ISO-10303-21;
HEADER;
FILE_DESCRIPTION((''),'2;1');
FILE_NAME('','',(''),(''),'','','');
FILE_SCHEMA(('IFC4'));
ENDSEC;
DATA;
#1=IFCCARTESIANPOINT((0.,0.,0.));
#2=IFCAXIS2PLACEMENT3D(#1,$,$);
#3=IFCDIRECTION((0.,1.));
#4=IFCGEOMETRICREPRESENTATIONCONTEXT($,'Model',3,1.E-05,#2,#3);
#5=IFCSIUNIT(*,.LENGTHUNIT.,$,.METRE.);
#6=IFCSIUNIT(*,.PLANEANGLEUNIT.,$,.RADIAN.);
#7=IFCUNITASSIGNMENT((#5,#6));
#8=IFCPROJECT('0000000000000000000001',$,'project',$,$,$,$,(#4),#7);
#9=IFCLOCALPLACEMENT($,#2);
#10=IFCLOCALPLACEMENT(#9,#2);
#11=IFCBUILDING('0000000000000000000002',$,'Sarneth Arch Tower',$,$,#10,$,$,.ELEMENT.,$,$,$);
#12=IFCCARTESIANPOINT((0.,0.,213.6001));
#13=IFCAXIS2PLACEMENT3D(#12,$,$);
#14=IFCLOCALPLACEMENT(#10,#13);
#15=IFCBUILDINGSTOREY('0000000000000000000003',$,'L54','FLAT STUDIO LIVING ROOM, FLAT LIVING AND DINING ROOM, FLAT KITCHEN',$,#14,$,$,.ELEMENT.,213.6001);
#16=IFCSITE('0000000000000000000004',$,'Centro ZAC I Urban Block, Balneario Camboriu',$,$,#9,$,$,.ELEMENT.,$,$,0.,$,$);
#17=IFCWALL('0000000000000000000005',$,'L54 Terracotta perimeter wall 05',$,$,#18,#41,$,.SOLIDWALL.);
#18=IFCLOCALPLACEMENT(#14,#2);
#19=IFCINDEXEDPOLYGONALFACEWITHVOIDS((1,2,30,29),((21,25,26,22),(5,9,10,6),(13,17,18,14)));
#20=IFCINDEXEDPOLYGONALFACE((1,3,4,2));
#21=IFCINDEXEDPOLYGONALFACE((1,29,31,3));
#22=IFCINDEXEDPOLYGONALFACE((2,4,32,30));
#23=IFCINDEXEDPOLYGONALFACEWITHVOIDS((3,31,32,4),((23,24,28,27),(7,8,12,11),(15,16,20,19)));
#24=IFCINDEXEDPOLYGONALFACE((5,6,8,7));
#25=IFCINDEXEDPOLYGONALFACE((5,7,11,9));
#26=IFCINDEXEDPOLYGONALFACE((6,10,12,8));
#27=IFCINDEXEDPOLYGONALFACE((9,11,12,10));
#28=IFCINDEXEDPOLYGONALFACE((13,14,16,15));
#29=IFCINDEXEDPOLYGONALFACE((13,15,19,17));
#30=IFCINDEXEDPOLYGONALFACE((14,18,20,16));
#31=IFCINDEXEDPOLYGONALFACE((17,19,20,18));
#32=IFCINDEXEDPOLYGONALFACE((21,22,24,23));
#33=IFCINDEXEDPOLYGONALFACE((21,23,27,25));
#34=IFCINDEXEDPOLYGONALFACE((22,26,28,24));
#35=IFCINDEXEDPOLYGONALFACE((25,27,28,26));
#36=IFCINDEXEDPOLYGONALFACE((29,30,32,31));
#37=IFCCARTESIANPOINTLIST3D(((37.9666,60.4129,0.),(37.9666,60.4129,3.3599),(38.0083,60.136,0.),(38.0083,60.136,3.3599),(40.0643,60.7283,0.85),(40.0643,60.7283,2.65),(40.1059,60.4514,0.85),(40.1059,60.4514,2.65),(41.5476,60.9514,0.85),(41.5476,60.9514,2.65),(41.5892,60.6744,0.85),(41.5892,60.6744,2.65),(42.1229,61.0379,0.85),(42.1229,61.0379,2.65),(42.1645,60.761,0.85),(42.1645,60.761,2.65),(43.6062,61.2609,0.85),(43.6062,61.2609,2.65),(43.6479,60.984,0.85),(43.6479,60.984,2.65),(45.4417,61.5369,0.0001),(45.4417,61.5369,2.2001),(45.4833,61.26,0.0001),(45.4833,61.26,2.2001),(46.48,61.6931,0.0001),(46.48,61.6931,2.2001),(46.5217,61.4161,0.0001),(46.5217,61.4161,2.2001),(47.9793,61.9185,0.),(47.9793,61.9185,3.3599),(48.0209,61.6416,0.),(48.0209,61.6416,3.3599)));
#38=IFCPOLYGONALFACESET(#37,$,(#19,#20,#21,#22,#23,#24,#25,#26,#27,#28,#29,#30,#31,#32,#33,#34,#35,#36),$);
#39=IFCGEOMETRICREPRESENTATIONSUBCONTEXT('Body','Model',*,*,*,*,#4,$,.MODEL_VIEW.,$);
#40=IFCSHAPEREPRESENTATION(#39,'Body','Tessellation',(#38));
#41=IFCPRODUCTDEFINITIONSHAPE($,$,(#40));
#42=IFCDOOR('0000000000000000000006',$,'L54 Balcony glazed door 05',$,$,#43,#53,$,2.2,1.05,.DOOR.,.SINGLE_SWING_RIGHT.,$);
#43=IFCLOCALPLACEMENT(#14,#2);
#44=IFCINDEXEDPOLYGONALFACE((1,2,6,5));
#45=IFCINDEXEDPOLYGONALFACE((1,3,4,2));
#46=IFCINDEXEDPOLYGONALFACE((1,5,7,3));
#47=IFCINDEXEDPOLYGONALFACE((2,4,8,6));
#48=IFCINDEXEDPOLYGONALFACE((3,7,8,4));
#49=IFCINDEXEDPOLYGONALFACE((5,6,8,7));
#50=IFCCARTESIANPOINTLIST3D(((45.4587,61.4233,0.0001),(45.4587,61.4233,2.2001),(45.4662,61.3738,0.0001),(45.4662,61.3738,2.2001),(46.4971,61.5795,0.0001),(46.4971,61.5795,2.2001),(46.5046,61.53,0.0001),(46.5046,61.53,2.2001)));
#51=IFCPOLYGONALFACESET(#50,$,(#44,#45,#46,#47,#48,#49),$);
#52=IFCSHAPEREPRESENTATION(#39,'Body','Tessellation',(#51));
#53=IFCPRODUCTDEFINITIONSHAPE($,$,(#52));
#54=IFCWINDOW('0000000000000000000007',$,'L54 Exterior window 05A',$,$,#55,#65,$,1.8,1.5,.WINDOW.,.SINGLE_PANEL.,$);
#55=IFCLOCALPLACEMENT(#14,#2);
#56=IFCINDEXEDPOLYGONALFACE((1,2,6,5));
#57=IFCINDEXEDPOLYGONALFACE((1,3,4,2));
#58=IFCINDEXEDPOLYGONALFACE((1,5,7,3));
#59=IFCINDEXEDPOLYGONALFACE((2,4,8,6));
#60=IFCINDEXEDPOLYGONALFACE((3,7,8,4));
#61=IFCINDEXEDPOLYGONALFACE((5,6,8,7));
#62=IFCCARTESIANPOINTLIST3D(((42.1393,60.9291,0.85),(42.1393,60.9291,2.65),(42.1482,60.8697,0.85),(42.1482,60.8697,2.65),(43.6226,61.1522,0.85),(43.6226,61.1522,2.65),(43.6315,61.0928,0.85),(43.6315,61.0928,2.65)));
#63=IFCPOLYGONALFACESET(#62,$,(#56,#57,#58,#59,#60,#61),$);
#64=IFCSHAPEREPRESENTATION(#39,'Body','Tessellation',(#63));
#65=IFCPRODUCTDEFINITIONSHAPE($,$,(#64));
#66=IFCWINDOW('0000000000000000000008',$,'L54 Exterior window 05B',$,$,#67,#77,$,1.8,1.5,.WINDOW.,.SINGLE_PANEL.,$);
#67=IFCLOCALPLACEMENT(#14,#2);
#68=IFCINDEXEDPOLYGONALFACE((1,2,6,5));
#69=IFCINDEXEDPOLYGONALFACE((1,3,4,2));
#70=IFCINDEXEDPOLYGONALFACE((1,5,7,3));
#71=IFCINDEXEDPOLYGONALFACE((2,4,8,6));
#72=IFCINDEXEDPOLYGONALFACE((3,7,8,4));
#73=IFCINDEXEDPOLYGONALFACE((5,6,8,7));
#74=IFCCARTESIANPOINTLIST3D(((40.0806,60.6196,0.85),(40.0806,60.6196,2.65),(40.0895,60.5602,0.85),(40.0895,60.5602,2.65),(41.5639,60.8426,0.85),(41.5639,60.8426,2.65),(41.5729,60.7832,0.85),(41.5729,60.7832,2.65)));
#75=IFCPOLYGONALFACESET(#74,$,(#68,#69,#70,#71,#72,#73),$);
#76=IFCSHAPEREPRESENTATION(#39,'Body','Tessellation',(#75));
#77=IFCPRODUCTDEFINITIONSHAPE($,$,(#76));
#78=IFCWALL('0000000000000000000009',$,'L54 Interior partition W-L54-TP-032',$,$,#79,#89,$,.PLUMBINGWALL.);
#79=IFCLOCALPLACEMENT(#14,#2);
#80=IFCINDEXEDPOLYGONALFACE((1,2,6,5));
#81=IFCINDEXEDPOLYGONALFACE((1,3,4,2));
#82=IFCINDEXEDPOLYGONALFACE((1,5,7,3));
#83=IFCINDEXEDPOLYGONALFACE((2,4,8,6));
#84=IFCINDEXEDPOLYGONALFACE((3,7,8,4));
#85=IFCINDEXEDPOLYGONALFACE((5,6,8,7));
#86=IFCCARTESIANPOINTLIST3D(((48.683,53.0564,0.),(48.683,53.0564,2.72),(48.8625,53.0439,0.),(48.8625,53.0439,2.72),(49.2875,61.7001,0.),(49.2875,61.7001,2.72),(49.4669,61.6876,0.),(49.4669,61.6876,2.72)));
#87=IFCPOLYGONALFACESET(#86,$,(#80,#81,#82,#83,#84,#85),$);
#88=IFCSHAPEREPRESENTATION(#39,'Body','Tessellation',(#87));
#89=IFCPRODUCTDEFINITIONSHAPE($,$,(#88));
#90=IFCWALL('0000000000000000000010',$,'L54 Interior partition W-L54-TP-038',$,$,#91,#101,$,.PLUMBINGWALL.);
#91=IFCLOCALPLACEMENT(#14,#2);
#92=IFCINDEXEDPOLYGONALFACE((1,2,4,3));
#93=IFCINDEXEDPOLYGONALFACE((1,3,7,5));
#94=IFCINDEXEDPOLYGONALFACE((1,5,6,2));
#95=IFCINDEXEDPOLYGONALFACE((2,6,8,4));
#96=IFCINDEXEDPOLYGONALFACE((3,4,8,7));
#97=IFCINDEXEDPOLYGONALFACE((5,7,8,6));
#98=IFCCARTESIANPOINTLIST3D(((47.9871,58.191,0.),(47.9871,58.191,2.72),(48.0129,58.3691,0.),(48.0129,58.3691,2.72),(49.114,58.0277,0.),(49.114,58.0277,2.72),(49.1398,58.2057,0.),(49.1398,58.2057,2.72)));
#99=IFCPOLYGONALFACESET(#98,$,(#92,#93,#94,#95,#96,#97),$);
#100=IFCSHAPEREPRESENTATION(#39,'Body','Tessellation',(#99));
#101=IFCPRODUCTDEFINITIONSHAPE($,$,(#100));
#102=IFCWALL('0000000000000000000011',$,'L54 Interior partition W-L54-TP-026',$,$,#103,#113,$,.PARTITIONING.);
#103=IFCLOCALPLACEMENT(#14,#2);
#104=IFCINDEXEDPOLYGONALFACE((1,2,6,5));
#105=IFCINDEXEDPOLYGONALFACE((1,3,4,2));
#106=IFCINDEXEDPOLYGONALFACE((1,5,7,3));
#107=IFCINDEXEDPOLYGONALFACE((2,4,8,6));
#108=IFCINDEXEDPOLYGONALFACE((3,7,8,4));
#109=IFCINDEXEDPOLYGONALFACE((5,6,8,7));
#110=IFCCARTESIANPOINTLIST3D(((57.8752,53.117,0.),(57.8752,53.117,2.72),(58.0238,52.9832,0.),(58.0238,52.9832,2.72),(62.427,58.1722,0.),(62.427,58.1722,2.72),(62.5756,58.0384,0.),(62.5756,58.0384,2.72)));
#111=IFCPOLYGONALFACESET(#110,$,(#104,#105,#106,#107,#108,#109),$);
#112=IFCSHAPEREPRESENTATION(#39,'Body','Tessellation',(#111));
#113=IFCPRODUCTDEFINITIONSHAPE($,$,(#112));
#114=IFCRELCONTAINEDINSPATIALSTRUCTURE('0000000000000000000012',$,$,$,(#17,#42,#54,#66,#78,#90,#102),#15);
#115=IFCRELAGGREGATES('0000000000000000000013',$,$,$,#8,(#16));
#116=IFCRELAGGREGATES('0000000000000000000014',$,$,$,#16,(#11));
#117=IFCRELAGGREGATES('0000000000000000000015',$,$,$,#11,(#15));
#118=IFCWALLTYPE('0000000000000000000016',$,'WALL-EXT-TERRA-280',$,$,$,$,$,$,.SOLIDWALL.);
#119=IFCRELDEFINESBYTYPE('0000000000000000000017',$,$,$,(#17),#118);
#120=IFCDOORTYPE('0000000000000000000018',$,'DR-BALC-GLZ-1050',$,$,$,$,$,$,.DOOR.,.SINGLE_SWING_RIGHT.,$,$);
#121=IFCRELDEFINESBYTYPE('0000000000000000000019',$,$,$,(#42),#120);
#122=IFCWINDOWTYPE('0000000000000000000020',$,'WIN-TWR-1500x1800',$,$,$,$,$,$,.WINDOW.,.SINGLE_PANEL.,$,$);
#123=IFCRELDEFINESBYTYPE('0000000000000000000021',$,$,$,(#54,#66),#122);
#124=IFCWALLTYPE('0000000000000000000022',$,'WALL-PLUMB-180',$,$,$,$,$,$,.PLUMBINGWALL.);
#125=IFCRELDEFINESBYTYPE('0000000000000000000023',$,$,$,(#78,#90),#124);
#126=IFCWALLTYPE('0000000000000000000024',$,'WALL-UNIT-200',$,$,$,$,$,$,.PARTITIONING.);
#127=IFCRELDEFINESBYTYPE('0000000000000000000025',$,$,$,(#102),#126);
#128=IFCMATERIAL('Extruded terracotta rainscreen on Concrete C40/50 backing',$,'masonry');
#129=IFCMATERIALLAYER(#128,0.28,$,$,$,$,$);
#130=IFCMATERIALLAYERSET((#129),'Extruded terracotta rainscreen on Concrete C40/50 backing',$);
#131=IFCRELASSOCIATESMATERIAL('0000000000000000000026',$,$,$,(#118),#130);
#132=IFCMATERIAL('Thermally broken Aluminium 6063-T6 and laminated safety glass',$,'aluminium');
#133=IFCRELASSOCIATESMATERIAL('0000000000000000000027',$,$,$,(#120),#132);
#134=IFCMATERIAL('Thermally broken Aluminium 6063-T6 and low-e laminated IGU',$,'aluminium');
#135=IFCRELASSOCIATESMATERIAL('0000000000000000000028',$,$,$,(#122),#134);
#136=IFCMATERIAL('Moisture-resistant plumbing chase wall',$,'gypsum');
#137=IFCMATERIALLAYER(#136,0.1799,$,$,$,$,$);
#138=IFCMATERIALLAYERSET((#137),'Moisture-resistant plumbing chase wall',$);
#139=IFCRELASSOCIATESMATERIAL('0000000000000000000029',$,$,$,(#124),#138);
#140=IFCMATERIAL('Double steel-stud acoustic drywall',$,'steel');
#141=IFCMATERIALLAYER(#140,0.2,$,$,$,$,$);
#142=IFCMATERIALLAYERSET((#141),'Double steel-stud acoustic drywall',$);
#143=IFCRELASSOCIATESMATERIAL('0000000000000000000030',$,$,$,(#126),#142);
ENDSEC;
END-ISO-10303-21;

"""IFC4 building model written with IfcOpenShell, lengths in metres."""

from ifc_helpers import new_model, si_unit, direction, frame, frame_2d, origin, place, context, subcontext, project, spatial, rectangle, extrude, material, layer, layer_set, type_object, element, fill, save


model = new_model("IFC4")

# Units and contexts
model_context = context("Model", 3, precision=1e-05, world=origin(), true_north=direction((0.0, 1.0)))
body_context = subcontext(model_context, "Body", "Model", "MODEL_VIEW")
ifc_project = project(units=[si_unit("LENGTHUNIT", "METRE"), si_unit("PLANEANGLEUNIT", "RADIAN")], contexts=[model_context])

# Site, building, storey
site_placement = place(None, origin())
site = spatial("IfcSite", under=ifc_project, at=site_placement, Name="Centro ZAC I Urban Block, Balneario Camboriu", CompositionType="ELEMENT", RefElevation=0.0)
building_placement = place(site_placement, origin())
building = spatial("IfcBuilding", under=site, at=building_placement, Name="Sarneth Arch Tower", CompositionType="ELEMENT")
storey_placement = place(building_placement, frame((0.0, 0.0, 213.6001)))
storey = spatial("IfcBuildingStorey", under=building, at=storey_placement, Name="L54", Description="FLAT STUDIO LIVING ROOM, FLAT LIVING AND DINING ROOM, FLAT KITCHEN", CompositionType="ELEMENT", Elevation=213.6001)

# Wall, openings, door, windows
ifc_material_1 = material(Name="Extruded terracotta rainscreen on Concrete C40/50 backing", Category="masonry")
ifc_layer_1 = layer(ifc_material_1, 0.28)
ifc_layer_set_1 = layer_set([ifc_layer_1], Name="Extruded terracotta rainscreen on Concrete C40/50 backing")
wall_type_1 = type_object("IfcWallType", Name="WALL-EXT-TERRA-280", PredefinedType="SOLIDWALL", material=ifc_layer_set_1)
wall_1_placement = place(storey_placement, frame((48.0, 61.78, 0.0), z_axis=(0.0, 0.0, 1.0), x_axis=(-0.988883, -0.148699, 0.0)))
wall_1 = element("IfcWall", 1, at=wall_1_placement, inside=storey, type_object=wall_type_1, Name="L54 Terracotta perimeter wall 05", PredefinedType="SOLIDWALL", context=body_context, shape_type="SweptSolid", body=[
    extrude(rectangle(XDim=10.1252, YDim=0.28, at=frame_2d((5.0625, 0.0))), origin(), (0.0, 0.0, 1.0), 3.3599),
])
opening_1_placement = place(wall_1_placement, frame((1.5161, 0.0, 0.0)))
opening_1 = element("IfcOpeningElement", 2, at=opening_1_placement, cuts=wall_1, PredefinedType="OPENING", context=body_context, shape_type="SweptSolid", body=[
    extrude(rectangle(XDim=1.05, YDim=2.2, at=frame_2d((0.5249, 1.1001))), frame((0.0, 0.1499, 0.0), z_axis=(0.0, -1.0, 0.0), x_axis=(1.0, 0.0, 0.0)), (0.0, 0.0, 1.0), 0.3),
])
opening_2_placement = place(wall_1_placement, frame((4.4221, 0.0, 0.8501)))
opening_2 = element("IfcOpeningElement", 3, at=opening_2_placement, cuts=wall_1, PredefinedType="OPENING", context=body_context, shape_type="SweptSolid", body=[
    extrude(rectangle(XDim=1.5, YDim=1.8, at=frame_2d((0.75, 0.8999))), frame((0.0, 0.1499, 0.0), z_axis=(0.0, -1.0, 0.0), x_axis=(1.0, 0.0, 0.0)), (0.0, 0.0, 1.0), 0.3),
])
opening_3_placement = place(wall_1_placement, frame((6.5039, 0.0, 0.8501)))
opening_3 = element("IfcOpeningElement", 4, at=opening_3_placement, cuts=wall_1, PredefinedType="OPENING", context=body_context, shape_type="SweptSolid", body=[
    extrude(rectangle(XDim=1.5, YDim=1.8, at=frame_2d((0.75, 0.8999))), frame((0.0, 0.1499, 0.0), z_axis=(0.0, -1.0, 0.0), x_axis=(1.0, 0.0, 0.0)), (0.0, 0.0, 1.0), 0.3),
])
ifc_material_2 = material(Name="Thermally broken Aluminium 6063-T6 and laminated safety glass", Category="aluminium")
door_type = type_object("IfcDoorType", Name="DR-BALC-GLZ-1050", OperationType="SINGLE_SWING_RIGHT", PredefinedType="DOOR", material=ifc_material_2)
door_placement = place(opening_1_placement, origin())
door = element("IfcDoor", 5, at=door_placement, inside=storey, type_object=door_type, Name="L54 Balcony glazed door 05", OperationType="SINGLE_SWING_RIGHT", OverallHeight=2.2, OverallWidth=1.05, PredefinedType="DOOR", context=body_context, shape_type="SweptSolid", body=[
    extrude(rectangle(XDim=1.05, YDim=2.2, at=frame_2d((0.5249, 1.1001))), frame((0.0, 0.0249, 0.0), z_axis=(0.0, -1.0, 0.0), x_axis=(1.0, 0.0, 0.0)), (0.0, 0.0, 1.0), 0.05),
])
fill(opening_1, door)
ifc_material_3 = material(Name="Thermally broken Aluminium 6063-T6 and low-e laminated IGU", Category="aluminium")
window_type = type_object("IfcWindowType", Name="WIN-TWR-1500x1800", PartitioningType="SINGLE_PANEL", PredefinedType="WINDOW", material=ifc_material_3)
window_1_placement = place(opening_2_placement, origin())
window_1 = element("IfcWindow", 6, at=window_1_placement, inside=storey, type_object=window_type, Name="L54 Exterior window 05A", OverallHeight=1.8, OverallWidth=1.5, PartitioningType="SINGLE_PANEL", PredefinedType="WINDOW", context=body_context, shape_type="SweptSolid", body=[
    extrude(rectangle(XDim=1.5, YDim=1.8, at=frame_2d((0.75, 0.8999))), frame((0.0, 0.03, 0.0), z_axis=(0.0, -1.0, 0.0), x_axis=(1.0, 0.0, 0.0)), (0.0, 0.0, 1.0), 0.0601),
])
fill(opening_2, window_1)
window_2_placement = place(opening_3_placement, origin())
window_2 = element("IfcWindow", 7, at=window_2_placement, inside=storey, type_object=window_type, Name="L54 Exterior window 05B", OverallHeight=1.8, OverallWidth=1.5, PartitioningType="SINGLE_PANEL", PredefinedType="WINDOW", context=body_context, shape_type="SweptSolid", body=[
    extrude(rectangle(XDim=1.5, YDim=1.8, at=frame_2d((0.75, 0.8999))), frame((0.0, 0.03, 0.0), z_axis=(0.0, -1.0, 0.0), x_axis=(1.0, 0.0, 0.0)), (0.0, 0.0, 1.0), 0.0601),
])
fill(opening_3, window_2)

# Walls
ifc_material_4 = material(Name="Moisture-resistant plumbing chase wall", Category="gypsum")
ifc_layer_2 = layer(ifc_material_4, 0.1799)
ifc_layer_set_2 = layer_set([ifc_layer_2], Name="Moisture-resistant plumbing chase wall")
wall_type_2 = type_object("IfcWallType", Name="WALL-PLUMB-180", PredefinedType="PLUMBINGWALL", material=ifc_layer_set_2)
wall_2_placement = place(storey_placement, frame((48.7727, 53.05, 0.0), z_axis=(0.0, 0.0, 1.0), x_axis=(0.069763, 0.997564, 0.0)))
element("IfcWall", 8, at=wall_2_placement, inside=storey, type_object=wall_type_2, Name="L54 Interior partition W-L54-TP-032", PredefinedType="PLUMBINGWALL", context=body_context, shape_type="SweptSolid", body=[
    extrude(rectangle(XDim=8.6648, YDim=0.1799, at=frame_2d((4.3325, 0.0))), origin(), (0.0, 0.0, 1.0), 2.72),
])
wall_3_placement = place(storey_placement, frame((48.0, 58.28, 0.0), z_axis=(0.0, 0.0, 1.0), x_axis=(0.98966, -0.143432, 0.0)))
element("IfcWall", 9, at=wall_3_placement, inside=storey, type_object=wall_type_2, Name="L54 Interior partition W-L54-TP-038", PredefinedType="PLUMBINGWALL", context=body_context, shape_type="SweptSolid", body=[
    extrude(rectangle(XDim=1.1387, YDim=0.1799, at=frame_2d((0.5693, 0.0))), origin(), (0.0, 0.0, 1.0), 2.72),
])
ifc_material_5 = material(Name="Double steel-stud acoustic drywall", Category="steel")
ifc_layer_3 = layer(ifc_material_5, 0.2)
ifc_layer_set_3 = layer_set([ifc_layer_3], Name="Double steel-stud acoustic drywall")
wall_type_3 = type_object("IfcWallType", Name="WALL-UNIT-200", PredefinedType="PARTITIONING", material=ifc_layer_set_3)
wall_4_placement = place(storey_placement, frame((57.9495, 53.05, 0.0), z_axis=(0.0, 0.0, 1.0), x_axis=(0.669135, 0.743141, 0.0)))
element("IfcWall", 10, at=wall_4_placement, inside=storey, type_object=wall_type_3, Name="L54 Interior partition W-L54-TP-026", PredefinedType="PARTITIONING", context=body_context, shape_type="SweptSolid", body=[
    extrude(rectangle(XDim=6.8025, YDim=0.2, at=frame_2d((3.4014, 0.0))), origin(), (0.0, 0.0, 1.0), 2.72),
])

save(model, "model.ifc")
